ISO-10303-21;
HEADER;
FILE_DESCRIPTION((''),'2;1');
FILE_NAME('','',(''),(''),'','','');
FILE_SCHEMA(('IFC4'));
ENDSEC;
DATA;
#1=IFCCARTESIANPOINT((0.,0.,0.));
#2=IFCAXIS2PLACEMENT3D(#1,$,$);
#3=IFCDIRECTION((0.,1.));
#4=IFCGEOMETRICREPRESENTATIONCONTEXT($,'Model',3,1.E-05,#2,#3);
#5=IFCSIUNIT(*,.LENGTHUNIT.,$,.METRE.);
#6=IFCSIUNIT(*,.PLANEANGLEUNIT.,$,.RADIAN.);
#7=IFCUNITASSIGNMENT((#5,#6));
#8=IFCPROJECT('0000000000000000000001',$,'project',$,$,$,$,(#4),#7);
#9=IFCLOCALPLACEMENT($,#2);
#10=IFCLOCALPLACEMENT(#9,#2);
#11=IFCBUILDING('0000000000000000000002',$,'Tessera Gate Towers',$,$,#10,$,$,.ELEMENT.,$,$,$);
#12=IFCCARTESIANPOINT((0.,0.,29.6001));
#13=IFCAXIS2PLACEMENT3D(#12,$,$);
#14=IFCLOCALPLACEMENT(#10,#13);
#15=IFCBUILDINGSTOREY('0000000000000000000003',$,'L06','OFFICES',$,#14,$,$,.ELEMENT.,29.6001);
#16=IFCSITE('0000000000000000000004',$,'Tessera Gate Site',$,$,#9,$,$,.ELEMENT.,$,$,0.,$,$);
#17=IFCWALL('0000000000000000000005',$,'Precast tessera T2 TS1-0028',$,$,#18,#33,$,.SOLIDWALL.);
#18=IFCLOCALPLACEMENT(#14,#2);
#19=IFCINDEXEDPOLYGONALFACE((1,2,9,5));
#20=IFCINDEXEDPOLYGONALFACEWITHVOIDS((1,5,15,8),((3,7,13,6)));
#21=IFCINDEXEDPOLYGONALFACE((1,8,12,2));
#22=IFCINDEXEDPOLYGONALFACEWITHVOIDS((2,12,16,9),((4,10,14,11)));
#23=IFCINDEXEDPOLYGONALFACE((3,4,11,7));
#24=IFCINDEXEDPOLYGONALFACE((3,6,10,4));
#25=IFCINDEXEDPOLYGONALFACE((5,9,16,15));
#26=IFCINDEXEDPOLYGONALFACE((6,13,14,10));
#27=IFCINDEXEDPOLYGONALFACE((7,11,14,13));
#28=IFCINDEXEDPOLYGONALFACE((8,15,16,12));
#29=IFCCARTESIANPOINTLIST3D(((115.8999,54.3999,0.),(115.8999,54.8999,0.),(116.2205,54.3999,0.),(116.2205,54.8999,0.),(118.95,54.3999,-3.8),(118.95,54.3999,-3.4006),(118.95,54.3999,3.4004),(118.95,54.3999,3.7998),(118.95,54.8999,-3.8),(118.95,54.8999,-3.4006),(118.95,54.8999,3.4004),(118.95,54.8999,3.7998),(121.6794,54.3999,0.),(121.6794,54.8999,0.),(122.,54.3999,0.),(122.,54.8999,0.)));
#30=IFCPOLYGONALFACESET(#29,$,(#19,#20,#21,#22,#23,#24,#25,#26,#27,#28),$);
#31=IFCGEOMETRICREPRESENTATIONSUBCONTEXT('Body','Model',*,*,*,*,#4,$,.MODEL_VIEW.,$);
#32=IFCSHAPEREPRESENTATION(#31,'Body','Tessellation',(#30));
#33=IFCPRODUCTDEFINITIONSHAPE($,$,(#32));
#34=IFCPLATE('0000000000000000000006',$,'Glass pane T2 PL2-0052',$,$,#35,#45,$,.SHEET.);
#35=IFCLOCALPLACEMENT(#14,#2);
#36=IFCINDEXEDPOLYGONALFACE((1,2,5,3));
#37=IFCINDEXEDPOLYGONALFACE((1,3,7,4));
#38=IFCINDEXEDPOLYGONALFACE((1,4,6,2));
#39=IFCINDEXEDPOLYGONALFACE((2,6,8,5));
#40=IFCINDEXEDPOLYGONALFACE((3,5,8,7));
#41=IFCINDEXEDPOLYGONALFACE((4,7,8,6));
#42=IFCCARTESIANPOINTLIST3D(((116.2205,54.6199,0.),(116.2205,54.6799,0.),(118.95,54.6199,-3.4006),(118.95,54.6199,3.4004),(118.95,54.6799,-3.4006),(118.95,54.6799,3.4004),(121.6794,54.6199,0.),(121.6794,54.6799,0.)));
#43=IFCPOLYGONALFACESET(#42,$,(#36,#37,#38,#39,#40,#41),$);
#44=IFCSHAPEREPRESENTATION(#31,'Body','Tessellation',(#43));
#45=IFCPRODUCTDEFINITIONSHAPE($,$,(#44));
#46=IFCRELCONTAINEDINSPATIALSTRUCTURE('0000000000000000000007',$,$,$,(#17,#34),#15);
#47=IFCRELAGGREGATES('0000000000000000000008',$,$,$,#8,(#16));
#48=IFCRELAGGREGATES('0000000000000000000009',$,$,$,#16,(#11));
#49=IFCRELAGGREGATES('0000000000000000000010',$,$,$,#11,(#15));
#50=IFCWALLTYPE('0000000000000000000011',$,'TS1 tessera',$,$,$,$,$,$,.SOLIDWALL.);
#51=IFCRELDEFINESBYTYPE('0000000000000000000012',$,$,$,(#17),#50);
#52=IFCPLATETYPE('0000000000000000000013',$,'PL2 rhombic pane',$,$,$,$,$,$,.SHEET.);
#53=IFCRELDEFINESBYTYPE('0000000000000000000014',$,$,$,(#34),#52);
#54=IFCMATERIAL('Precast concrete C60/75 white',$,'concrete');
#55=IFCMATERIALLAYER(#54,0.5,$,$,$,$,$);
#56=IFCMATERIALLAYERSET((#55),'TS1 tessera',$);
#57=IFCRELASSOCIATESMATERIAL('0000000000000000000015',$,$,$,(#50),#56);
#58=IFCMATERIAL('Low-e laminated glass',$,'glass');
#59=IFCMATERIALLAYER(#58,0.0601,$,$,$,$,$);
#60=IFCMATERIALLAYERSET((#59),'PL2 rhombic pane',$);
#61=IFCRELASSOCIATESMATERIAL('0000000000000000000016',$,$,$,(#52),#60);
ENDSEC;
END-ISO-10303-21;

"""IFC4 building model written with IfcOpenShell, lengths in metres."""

from ifc_helpers import new_model, si_unit, direction, frame, origin, place, context, subcontext, project, spatial, polyline, outline, extrude, source, transform, mapped, material, layer, layer_set, type_object, element, fill, save


model = new_model("IFC4")

# Units and contexts
model_context = context("Model", 3, precision=1e-05, world=origin(), true_north=direction((0.0, 1.0)))
body_context = subcontext(model_context, "Body", "Model", "MODEL_VIEW")
ifc_project = project(units=[si_unit("LENGTHUNIT", "METRE"), si_unit("PLANEANGLEUNIT", "RADIAN")], contexts=[model_context])

# Site, building, storey
site_placement = place(None, origin())
site = spatial("IfcSite", under=ifc_project, at=site_placement, Name="Tessera Gate Site", CompositionType="ELEMENT", RefElevation=0.0)
building_placement = place(site_placement, origin())
building = spatial("IfcBuilding", under=site, at=building_placement, Name="Tessera Gate Towers", CompositionType="ELEMENT")
storey_placement = place(building_placement, frame((0.0, 0.0, 29.6001)))
storey = spatial("IfcBuildingStorey", under=building, at=storey_placement, Name="L06", Description="OFFICES", CompositionType="ELEMENT", Elevation=29.6001)

# Wall, opening, plate
ifc_material_1 = material(Name="Precast concrete C60/75 white", Category="concrete")
ifc_layer_1 = layer(ifc_material_1, 0.5)
ifc_layer_set_1 = layer_set([ifc_layer_1], Name="TS1 tessera")
wall_type_1 = type_object("IfcWallType", Name="TS1 tessera", PredefinedType="SOLIDWALL", material=ifc_layer_set_1)
shared_shape_1 = source(origin(), body_context, "Body", "SweptSolid", [
    extrude(outline(polyline([(3.05, 0.0), (6.1001, 3.8), (3.05, 7.5999), (0.0, 3.8), (3.05, 0.0)])), frame((0.0, 0.25, 0.0), z_axis=(0.0, -1.0, 0.0), x_axis=(1.0, 0.0, 0.0)), (0.0, 0.0, 1.0), 0.5),
])
shared_shape_2 = source(origin(), body_context, "Body", "SweptSolid", [
    extrude(outline(polyline([(3.05, 0.3994), (5.7795, 3.8), (3.05, 7.2004), (0.3206, 3.8), (3.05, 0.3994)])), frame((0.0, 0.26, 0.0), z_axis=(0.0, -1.0, 0.0), x_axis=(1.0, 0.0, 0.0)), (0.0, 0.0, 1.0), 0.52),
])
ifc_material_2 = material(Name="Low-e laminated glass", Category="glass")
ifc_layer_2 = layer(ifc_material_2, 0.0601)
ifc_layer_set_2 = layer_set([ifc_layer_2], Name="PL2 rhombic pane")
plate_type = type_object("IfcPlateType", Name="PL2 rhombic pane", PredefinedType="SHEET", material=ifc_layer_set_2)
shared_shape_3 = source(origin(), body_context, "Body", "SweptSolid", [
    extrude(outline(polyline([(3.05, 0.3994), (5.7795, 3.8), (3.05, 7.2004), (0.3206, 3.8), (3.05, 0.3994)])), frame((0.0, 0.03, 0.0), z_axis=(0.0, -1.0, 0.0), x_axis=(1.0, 0.0, 0.0)), (0.0, 0.0, 1.0), 0.0601),
])
wall_1_placement = place(storey_placement, frame((122.0, 54.6499, -3.8), z_axis=(0.0, 0.0, 1.0), x_axis=(-1.0, 0.0, 0.0)))
wall_1 = element("IfcWall", 1, at=wall_1_placement, inside=storey, type_object=wall_type_1, Name="Precast tessera T2 TS1-0028", PredefinedType="SOLIDWALL", context=body_context, shape_type="MappedRepresentation", body=[
    mapped(shared_shape_1, transform((0.0, 0.0, 0.0), scale=1.0)),
])
opening_1_placement = place(wall_1_placement, origin())
opening_1 = element("IfcOpeningElement", 2, at=opening_1_placement, cuts=wall_1, PredefinedType="OPENING", context=body_context, shape_type="MappedRepresentation", body=[
    mapped(shared_shape_2, transform((0.0, 0.0, 0.0), scale=1.0)),
])
plate_1_placement = place(opening_1_placement, origin())
plate_1 = element("IfcPlate", 3, at=plate_1_placement, inside=storey, type_object=plate_type, Name="Glass pane T2 PL2-0052", PredefinedType="SHEET", context=body_context, shape_type="MappedRepresentation", body=[
    mapped(shared_shape_3, transform((0.0, 0.0, 0.0), scale=1.0)),
])
fill(opening_1, plate_1)

save(model, "model.ifc")
